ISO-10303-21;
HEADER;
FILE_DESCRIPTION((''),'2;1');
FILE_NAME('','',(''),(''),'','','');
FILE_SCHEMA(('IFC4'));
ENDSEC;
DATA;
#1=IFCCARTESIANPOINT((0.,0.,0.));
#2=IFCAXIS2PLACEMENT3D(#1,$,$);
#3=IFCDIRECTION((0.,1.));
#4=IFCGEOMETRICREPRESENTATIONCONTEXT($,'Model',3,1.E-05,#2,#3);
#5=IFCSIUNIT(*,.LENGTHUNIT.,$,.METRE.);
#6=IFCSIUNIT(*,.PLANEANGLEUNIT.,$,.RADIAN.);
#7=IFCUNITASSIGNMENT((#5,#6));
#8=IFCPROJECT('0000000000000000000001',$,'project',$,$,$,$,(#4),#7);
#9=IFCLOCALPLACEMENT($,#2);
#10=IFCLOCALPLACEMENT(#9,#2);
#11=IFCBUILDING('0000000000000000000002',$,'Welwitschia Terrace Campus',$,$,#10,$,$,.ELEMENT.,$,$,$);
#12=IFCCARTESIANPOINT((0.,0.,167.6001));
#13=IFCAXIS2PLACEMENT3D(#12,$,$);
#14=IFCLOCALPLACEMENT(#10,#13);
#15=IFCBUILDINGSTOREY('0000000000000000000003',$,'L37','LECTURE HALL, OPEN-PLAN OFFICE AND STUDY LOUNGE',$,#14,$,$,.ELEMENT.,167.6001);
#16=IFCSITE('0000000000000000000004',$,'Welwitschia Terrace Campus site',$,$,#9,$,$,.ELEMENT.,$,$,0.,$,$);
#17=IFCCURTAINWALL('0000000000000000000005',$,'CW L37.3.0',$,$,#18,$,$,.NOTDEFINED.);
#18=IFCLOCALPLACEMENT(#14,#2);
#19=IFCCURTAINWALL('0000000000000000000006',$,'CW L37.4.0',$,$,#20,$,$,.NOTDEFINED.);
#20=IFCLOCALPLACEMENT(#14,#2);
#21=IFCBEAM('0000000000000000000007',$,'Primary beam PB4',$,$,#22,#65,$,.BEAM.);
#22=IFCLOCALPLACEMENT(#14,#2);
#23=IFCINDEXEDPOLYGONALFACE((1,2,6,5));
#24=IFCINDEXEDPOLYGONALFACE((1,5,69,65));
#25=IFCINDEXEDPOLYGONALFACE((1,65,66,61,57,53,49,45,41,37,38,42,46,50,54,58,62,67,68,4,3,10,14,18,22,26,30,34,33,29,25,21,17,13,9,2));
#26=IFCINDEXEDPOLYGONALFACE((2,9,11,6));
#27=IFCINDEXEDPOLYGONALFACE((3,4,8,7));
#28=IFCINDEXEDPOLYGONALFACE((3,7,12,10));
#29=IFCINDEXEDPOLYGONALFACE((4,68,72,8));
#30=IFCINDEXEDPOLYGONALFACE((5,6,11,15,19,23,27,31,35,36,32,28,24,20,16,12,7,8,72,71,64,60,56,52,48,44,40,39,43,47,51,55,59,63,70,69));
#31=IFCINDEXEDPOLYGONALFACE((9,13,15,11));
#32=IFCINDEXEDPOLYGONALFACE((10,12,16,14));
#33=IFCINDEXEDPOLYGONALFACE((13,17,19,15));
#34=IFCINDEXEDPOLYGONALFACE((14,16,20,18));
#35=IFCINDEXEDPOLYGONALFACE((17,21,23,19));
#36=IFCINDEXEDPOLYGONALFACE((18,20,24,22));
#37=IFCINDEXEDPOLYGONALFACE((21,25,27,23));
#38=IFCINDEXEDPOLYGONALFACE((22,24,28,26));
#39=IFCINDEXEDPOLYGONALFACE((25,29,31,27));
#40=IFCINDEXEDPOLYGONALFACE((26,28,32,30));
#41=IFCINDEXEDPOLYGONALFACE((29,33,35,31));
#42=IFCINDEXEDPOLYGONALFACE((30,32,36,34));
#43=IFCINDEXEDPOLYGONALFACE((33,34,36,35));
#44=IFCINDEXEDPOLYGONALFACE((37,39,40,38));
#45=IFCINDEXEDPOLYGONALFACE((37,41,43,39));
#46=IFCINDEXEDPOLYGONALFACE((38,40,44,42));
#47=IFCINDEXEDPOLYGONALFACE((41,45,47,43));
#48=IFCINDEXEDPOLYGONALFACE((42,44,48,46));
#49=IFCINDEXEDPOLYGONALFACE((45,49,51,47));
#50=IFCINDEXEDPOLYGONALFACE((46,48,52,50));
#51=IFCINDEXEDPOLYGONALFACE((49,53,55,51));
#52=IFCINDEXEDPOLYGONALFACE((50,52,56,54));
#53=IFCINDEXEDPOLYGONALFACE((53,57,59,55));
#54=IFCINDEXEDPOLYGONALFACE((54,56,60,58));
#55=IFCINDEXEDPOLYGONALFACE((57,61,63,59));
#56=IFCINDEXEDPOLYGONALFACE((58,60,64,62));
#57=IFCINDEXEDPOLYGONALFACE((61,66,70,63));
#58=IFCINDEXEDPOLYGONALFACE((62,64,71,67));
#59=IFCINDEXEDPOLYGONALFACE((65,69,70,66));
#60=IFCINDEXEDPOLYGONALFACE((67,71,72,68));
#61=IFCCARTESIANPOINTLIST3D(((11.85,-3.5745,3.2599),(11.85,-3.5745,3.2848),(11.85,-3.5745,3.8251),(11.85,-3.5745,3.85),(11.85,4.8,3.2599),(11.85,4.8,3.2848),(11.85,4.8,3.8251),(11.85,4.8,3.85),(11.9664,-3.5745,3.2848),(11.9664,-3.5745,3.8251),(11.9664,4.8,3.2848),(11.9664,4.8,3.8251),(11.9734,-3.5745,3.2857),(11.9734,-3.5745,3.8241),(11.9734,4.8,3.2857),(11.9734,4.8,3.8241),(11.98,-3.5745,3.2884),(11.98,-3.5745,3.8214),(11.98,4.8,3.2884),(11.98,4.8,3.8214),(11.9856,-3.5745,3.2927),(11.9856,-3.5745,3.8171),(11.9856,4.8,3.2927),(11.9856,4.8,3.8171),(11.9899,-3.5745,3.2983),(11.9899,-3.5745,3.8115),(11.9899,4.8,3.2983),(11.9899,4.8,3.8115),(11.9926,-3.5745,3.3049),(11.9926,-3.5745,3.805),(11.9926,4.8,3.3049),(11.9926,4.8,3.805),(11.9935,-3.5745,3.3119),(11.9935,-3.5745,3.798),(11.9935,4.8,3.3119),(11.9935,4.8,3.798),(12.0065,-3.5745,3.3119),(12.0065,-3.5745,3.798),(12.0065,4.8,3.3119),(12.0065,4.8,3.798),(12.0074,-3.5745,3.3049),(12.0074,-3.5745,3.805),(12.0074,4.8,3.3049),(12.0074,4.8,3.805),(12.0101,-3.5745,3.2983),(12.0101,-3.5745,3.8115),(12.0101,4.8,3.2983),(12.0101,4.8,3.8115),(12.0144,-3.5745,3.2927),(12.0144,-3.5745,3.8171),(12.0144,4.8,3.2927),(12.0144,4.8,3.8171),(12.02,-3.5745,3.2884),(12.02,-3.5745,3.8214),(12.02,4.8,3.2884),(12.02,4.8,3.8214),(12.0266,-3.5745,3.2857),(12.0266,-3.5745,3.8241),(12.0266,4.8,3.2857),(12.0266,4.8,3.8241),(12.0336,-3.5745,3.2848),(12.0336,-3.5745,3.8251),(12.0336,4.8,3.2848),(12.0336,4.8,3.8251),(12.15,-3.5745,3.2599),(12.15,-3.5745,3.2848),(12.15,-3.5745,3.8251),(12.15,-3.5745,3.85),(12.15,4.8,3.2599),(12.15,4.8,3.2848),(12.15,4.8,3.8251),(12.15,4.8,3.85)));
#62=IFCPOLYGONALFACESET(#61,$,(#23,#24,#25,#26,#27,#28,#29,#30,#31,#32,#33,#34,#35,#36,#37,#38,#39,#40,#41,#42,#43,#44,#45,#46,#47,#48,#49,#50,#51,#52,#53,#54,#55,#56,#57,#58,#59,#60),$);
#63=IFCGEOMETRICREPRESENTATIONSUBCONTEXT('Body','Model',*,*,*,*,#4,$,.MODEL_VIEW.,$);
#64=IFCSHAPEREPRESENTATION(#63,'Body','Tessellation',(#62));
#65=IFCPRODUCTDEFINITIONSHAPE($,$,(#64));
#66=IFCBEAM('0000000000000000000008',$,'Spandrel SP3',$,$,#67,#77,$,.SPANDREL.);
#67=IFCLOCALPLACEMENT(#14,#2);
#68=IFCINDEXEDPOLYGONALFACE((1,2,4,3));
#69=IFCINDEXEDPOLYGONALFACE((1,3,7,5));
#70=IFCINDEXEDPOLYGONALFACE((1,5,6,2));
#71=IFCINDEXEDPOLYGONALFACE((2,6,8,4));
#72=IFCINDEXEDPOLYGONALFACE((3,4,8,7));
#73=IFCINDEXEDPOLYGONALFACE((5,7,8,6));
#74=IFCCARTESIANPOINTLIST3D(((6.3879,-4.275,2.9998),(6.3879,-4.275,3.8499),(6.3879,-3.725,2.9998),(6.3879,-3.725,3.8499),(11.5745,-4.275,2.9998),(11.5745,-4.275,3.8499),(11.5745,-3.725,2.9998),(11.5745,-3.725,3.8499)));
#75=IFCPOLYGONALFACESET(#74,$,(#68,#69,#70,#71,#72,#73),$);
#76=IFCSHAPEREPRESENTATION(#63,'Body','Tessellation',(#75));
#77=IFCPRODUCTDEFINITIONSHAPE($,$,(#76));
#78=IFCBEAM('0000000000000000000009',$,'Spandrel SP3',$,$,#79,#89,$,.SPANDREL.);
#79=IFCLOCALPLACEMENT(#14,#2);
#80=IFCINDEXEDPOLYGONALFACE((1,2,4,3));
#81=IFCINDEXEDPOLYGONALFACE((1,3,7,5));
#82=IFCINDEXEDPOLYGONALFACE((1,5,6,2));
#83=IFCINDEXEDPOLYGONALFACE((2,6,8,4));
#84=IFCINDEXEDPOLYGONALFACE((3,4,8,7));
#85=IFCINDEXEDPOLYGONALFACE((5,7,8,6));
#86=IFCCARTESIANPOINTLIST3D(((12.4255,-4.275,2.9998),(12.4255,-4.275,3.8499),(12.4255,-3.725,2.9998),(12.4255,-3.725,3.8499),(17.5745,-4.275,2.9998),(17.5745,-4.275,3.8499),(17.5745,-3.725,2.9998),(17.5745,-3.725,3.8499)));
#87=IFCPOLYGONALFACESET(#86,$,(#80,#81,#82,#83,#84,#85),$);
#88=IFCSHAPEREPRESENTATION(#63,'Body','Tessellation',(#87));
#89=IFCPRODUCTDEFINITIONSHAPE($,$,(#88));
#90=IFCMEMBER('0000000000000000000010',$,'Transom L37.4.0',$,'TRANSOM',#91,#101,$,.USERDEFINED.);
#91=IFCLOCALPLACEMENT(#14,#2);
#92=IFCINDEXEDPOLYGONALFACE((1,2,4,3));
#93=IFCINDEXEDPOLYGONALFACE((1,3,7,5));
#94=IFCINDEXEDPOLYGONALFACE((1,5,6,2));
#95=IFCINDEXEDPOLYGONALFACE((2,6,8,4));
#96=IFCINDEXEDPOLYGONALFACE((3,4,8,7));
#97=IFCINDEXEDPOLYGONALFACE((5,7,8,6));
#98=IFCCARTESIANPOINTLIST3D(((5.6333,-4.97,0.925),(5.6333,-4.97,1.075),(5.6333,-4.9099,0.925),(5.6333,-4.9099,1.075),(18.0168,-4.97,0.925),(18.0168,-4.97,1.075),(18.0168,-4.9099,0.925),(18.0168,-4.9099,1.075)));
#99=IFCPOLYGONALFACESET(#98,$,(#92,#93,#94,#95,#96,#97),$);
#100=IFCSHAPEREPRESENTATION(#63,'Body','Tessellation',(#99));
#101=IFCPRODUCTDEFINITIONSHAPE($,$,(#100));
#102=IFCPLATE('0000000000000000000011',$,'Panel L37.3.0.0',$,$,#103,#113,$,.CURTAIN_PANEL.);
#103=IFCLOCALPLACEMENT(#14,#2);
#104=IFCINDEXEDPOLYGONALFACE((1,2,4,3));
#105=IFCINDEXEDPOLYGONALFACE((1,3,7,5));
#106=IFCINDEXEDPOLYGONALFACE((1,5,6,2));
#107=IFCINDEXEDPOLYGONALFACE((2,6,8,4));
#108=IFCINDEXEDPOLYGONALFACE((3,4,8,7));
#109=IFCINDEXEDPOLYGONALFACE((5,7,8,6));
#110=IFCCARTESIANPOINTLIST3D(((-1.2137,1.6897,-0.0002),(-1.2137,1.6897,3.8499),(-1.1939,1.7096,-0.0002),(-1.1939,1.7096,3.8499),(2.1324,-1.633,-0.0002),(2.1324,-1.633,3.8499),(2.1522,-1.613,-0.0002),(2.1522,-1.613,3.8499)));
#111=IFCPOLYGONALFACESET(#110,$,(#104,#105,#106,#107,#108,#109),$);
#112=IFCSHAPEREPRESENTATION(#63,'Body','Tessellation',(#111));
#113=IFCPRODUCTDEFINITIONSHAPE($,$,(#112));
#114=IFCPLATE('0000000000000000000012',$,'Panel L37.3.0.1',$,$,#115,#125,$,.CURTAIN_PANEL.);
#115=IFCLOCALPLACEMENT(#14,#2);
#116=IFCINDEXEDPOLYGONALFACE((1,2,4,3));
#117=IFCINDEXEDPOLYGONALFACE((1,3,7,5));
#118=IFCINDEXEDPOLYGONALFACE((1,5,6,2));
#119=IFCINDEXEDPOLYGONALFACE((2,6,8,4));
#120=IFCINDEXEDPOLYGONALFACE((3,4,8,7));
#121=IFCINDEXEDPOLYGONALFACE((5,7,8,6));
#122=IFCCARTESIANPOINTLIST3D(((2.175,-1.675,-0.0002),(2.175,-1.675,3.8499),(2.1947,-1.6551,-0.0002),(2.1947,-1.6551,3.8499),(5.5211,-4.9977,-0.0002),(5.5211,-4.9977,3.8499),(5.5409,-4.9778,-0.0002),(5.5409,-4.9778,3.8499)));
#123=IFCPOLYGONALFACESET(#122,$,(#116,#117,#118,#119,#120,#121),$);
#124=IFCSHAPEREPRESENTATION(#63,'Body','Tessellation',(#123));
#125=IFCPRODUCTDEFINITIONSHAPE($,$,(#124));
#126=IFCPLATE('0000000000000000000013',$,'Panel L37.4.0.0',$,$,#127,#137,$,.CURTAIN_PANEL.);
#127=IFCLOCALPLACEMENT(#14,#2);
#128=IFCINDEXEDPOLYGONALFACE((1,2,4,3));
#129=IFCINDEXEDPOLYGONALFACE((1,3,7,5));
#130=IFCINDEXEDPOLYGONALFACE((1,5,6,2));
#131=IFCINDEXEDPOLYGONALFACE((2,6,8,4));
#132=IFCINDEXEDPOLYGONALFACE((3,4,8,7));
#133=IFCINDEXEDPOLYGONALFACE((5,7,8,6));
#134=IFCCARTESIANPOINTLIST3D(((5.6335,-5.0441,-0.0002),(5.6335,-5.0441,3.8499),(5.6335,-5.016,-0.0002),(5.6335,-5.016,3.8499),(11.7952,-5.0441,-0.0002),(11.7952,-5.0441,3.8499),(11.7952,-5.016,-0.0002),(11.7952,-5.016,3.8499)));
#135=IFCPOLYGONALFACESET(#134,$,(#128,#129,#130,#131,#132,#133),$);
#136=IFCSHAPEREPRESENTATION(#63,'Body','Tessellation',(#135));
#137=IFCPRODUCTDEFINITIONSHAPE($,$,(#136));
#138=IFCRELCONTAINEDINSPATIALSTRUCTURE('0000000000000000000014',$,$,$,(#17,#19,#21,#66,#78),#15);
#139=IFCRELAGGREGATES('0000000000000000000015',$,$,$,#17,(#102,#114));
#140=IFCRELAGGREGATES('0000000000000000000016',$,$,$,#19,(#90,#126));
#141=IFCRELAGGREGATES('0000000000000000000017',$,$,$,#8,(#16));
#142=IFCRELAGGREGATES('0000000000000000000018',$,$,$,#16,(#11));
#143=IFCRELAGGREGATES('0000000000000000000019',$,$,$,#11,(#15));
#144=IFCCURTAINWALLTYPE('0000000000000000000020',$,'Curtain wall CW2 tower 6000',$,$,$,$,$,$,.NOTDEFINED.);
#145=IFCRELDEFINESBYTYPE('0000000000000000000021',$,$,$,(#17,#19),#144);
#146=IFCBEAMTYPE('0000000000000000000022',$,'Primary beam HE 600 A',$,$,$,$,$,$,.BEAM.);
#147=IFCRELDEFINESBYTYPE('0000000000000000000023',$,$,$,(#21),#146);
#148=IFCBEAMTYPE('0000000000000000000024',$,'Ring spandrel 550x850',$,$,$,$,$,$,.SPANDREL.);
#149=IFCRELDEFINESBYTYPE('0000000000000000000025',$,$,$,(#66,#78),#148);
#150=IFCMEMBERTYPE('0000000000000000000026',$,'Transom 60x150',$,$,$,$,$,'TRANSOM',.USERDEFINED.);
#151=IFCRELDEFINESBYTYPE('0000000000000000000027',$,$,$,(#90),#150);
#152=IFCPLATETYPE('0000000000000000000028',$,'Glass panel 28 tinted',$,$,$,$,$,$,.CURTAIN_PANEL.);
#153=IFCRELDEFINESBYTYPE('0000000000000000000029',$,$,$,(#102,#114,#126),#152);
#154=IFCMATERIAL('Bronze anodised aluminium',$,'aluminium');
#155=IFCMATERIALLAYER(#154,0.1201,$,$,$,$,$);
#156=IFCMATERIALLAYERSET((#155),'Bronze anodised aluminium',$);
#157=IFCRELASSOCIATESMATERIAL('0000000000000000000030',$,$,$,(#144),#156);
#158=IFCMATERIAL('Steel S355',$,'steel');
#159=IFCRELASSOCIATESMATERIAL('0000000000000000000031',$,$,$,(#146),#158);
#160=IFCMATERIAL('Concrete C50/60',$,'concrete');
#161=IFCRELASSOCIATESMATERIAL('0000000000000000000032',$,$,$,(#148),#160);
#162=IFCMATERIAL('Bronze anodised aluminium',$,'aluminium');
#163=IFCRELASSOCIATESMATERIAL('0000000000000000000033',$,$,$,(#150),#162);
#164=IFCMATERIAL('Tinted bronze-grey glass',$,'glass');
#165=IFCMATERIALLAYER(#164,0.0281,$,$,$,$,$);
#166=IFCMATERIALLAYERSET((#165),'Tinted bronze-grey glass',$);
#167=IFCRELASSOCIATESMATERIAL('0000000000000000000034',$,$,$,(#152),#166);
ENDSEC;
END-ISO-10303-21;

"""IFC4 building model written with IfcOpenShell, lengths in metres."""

from ifc_helpers import new_model, si_unit, direction, frame, origin, origin_2d, place, context, subcontext, project, spatial, rectangle, i_section, extrude, material, layer, layer_set, material_profile, profile_set, type_object, element, aggregate, save


model = new_model("IFC4")

# Units and contexts
model_context = context("Model", 3, precision=1e-05, world=origin(), true_north=direction((0.0, 1.0)))
body_context = subcontext(model_context, "Body", "Model", "MODEL_VIEW")
ifc_project = project(units=[si_unit("LENGTHUNIT", "METRE"), si_unit("PLANEANGLEUNIT", "RADIAN")], contexts=[model_context])

# Site, building, storey
site_placement = place(None, origin())
site = spatial("IfcSite", under=ifc_project, at=site_placement, Name="Welwitschia Terrace Campus site", CompositionType="ELEMENT", RefElevation=0.0)
building_placement = place(site_placement, origin())
building = spatial("IfcBuilding", under=site, at=building_placement, Name="Welwitschia Terrace Campus", CompositionType="ELEMENT")
storey_placement = place(building_placement, frame((0.0, 0.0, 167.6001)))
storey = spatial("IfcBuildingStorey", under=building, at=storey_placement, Name="L37", Description="LECTURE HALL, OPEN-PLAN OFFICE AND STUDY LOUNGE", CompositionType="ELEMENT", Elevation=167.6001)

# Curtain walls
ifc_material_1 = material(Name="Bronze anodised aluminium", Category="aluminium")
ifc_layer_1 = layer(ifc_material_1, 0.1201)
ifc_layer_set_1 = layer_set([ifc_layer_1], Name="Bronze anodised aluminium")
curtain_wall_type = type_object("IfcCurtainWallType", Name="Curtain wall CW2 tower 6000", PredefinedType="NOTDEFINED", material=ifc_layer_set_1)
curtain_wall_1_placement = place(storey_placement, origin())
curtain_wall_1 = element("IfcCurtainWall", 1, at=curtain_wall_1_placement, inside=storey, type_object=curtain_wall_type, Name="CW L37.3.0", PredefinedType="NOTDEFINED")
curtain_wall_2_placement = place(storey_placement, origin())
curtain_wall_2 = element("IfcCurtainWall", 2, at=curtain_wall_2_placement, inside=storey, type_object=curtain_wall_type, Name="CW L37.4.0", PredefinedType="NOTDEFINED")

# Beams
ifc_material_2 = material(Name="Steel S355", Category="steel")
ifc_material_profile_1 = material_profile(ifc_material_2, i_section(OverallWidth=0.3, OverallDepth=0.5901, WebThickness=0.0129, FlangeThickness=0.0249, FilletRadius=0.0271, at=origin_2d()))
ifc_profile_set_1 = profile_set([ifc_material_profile_1], Name="Steel S355")
beam_type_1 = type_object("IfcBeamType", Name="Primary beam HE 600 A", PredefinedType="BEAM", material=ifc_profile_set_1)
beam_1_placement = place(storey_placement, frame((12.0, -3.5745, 3.5549), z_axis=(0.0, 1.0, 0.0), x_axis=(-1.0, 0.0, 0.0)))
element("IfcBeam", 3, at=beam_1_placement, inside=storey, type_object=beam_type_1, Name="Primary beam PB4", PredefinedType="BEAM", context=body_context, shape_type="SweptSolid", body=[
    extrude(i_section(OverallWidth=0.3, OverallDepth=0.5901, WebThickness=0.0129, FlangeThickness=0.0249, FilletRadius=0.0271, at=origin_2d()), origin(), (0.0, 0.0, 1.0), 8.3745),
])
ifc_material_3 = material(Name="Concrete C50/60", Category="concrete")
ifc_material_profile_2 = material_profile(ifc_material_3, rectangle(XDim=0.55, YDim=0.8501, at=origin_2d()))
ifc_profile_set_2 = profile_set([ifc_material_profile_2], Name="Concrete C50/60")
beam_type_2 = type_object("IfcBeamType", Name="Ring spandrel 550x850", PredefinedType="SPANDREL", material=ifc_profile_set_2)
beam_2_placement = place(storey_placement, frame((6.3879, -4.0, 3.4248), z_axis=(1.0, 0.0, 0.0), x_axis=(0.0, 1.0, 0.0)))
element("IfcBeam", 4, at=beam_2_placement, inside=storey, type_object=beam_type_2, Name="Spandrel SP3", PredefinedType="SPANDREL", context=body_context, shape_type="SweptSolid", body=[
    extrude(rectangle(XDim=0.55, YDim=0.8501, at=origin_2d()), origin(), (0.0, 0.0, 1.0), 5.1865),
])
beam_3_placement = place(storey_placement, frame((12.4255, -4.0, 3.4248), z_axis=(1.0, 0.0, 0.0), x_axis=(0.0, 1.0, 0.0)))
element("IfcBeam", 5, at=beam_3_placement, inside=storey, type_object=beam_type_2, Name="Spandrel SP3", PredefinedType="SPANDREL", context=body_context, shape_type="SweptSolid", body=[
    extrude(rectangle(XDim=0.55, YDim=0.8501, at=origin_2d()), origin(), (0.0, 0.0, 1.0), 5.1489),
])

# Member
ifc_material_4 = material(Name="Bronze anodised aluminium", Category="aluminium")
ifc_material_profile_3 = material_profile(ifc_material_4, rectangle(XDim=0.0601, YDim=0.1499, at=origin_2d()))
ifc_profile_set_3 = profile_set([ifc_material_profile_3], Name="Bronze anodised aluminium")
member_type_1 = type_object("IfcMemberType", Name="Transom 60x150", ElementType="TRANSOM", PredefinedType="USERDEFINED", material=ifc_profile_set_3)
member_1_placement = place(storey_placement, frame((5.6333, -4.9399, 1.0), z_axis=(1.0, 0.0, 0.0), x_axis=(0.0, 1.0, 0.0)))
member_1 = element("IfcMember", 6, at=member_1_placement, type_object=member_type_1, Name="Transom L37.4.0", ObjectType="TRANSOM", PredefinedType="USERDEFINED", context=body_context, shape_type="SweptSolid", body=[
    extrude(rectangle(XDim=0.0601, YDim=0.1499, at=origin_2d()), origin(), (0.0, 0.0, 1.0), 12.3835),
])

# Plates
ifc_material_5 = material(Name="Tinted bronze-grey glass", Category="glass")
ifc_layer_2 = layer(ifc_material_5, 0.0281)
ifc_layer_set_2 = layer_set([ifc_layer_2], Name="Tinted bronze-grey glass")
plate_type = type_object("IfcPlateType", Name="Glass panel 28 tinted", PredefinedType="CURTAIN_PANEL", material=ifc_layer_set_2)
plate_1_placement = place(storey_placement, frame((0.4692, 0.0383, -0.0002), z_axis=(0.0, 0.0, 1.0), x_axis=(0.709586, -0.704619, 0.0)))
plate_1 = element("IfcPlate", 7, at=plate_1_placement, type_object=plate_type, Name="Panel L37.3.0.0", PredefinedType="CURTAIN_PANEL", context=body_context, shape_type="SweptSolid", body=[
    extrude(rectangle(XDim=4.7156, YDim=0.0281, at=origin_2d()), origin(), (0.0, 0.0, 1.0), 3.8501),
])
plate_2_placement = place(storey_placement, frame((3.8579, -3.3264, -0.0002), z_axis=(0.0, 0.0, 1.0), x_axis=(0.709586, -0.704619, 0.0)))
plate_2 = element("IfcPlate", 8, at=plate_2_placement, type_object=plate_type, Name="Panel L37.3.0.1", PredefinedType="CURTAIN_PANEL", context=body_context, shape_type="SweptSolid", body=[
    extrude(rectangle(XDim=4.7156, YDim=0.0281, at=origin_2d()), origin(), (0.0, 0.0, 1.0), 3.8501),
])
aggregate(curtain_wall_1, [plate_1, plate_2])
plate_3_placement = place(storey_placement, frame((8.7144, -5.03, -0.0002), z_axis=(0.0, 0.0, 1.0), x_axis=(1.0, 0.0, 0.0)))
plate_3 = element("IfcPlate", 9, at=plate_3_placement, type_object=plate_type, Name="Panel L37.4.0.0", PredefinedType="CURTAIN_PANEL", context=body_context, shape_type="SweptSolid", body=[
    extrude(rectangle(XDim=6.1616, YDim=0.0281, at=origin_2d()), origin(), (0.0, 0.0, 1.0), 3.8501),
])
aggregate(curtain_wall_2, [member_1, plate_3])

save(model, "model.ifc")
